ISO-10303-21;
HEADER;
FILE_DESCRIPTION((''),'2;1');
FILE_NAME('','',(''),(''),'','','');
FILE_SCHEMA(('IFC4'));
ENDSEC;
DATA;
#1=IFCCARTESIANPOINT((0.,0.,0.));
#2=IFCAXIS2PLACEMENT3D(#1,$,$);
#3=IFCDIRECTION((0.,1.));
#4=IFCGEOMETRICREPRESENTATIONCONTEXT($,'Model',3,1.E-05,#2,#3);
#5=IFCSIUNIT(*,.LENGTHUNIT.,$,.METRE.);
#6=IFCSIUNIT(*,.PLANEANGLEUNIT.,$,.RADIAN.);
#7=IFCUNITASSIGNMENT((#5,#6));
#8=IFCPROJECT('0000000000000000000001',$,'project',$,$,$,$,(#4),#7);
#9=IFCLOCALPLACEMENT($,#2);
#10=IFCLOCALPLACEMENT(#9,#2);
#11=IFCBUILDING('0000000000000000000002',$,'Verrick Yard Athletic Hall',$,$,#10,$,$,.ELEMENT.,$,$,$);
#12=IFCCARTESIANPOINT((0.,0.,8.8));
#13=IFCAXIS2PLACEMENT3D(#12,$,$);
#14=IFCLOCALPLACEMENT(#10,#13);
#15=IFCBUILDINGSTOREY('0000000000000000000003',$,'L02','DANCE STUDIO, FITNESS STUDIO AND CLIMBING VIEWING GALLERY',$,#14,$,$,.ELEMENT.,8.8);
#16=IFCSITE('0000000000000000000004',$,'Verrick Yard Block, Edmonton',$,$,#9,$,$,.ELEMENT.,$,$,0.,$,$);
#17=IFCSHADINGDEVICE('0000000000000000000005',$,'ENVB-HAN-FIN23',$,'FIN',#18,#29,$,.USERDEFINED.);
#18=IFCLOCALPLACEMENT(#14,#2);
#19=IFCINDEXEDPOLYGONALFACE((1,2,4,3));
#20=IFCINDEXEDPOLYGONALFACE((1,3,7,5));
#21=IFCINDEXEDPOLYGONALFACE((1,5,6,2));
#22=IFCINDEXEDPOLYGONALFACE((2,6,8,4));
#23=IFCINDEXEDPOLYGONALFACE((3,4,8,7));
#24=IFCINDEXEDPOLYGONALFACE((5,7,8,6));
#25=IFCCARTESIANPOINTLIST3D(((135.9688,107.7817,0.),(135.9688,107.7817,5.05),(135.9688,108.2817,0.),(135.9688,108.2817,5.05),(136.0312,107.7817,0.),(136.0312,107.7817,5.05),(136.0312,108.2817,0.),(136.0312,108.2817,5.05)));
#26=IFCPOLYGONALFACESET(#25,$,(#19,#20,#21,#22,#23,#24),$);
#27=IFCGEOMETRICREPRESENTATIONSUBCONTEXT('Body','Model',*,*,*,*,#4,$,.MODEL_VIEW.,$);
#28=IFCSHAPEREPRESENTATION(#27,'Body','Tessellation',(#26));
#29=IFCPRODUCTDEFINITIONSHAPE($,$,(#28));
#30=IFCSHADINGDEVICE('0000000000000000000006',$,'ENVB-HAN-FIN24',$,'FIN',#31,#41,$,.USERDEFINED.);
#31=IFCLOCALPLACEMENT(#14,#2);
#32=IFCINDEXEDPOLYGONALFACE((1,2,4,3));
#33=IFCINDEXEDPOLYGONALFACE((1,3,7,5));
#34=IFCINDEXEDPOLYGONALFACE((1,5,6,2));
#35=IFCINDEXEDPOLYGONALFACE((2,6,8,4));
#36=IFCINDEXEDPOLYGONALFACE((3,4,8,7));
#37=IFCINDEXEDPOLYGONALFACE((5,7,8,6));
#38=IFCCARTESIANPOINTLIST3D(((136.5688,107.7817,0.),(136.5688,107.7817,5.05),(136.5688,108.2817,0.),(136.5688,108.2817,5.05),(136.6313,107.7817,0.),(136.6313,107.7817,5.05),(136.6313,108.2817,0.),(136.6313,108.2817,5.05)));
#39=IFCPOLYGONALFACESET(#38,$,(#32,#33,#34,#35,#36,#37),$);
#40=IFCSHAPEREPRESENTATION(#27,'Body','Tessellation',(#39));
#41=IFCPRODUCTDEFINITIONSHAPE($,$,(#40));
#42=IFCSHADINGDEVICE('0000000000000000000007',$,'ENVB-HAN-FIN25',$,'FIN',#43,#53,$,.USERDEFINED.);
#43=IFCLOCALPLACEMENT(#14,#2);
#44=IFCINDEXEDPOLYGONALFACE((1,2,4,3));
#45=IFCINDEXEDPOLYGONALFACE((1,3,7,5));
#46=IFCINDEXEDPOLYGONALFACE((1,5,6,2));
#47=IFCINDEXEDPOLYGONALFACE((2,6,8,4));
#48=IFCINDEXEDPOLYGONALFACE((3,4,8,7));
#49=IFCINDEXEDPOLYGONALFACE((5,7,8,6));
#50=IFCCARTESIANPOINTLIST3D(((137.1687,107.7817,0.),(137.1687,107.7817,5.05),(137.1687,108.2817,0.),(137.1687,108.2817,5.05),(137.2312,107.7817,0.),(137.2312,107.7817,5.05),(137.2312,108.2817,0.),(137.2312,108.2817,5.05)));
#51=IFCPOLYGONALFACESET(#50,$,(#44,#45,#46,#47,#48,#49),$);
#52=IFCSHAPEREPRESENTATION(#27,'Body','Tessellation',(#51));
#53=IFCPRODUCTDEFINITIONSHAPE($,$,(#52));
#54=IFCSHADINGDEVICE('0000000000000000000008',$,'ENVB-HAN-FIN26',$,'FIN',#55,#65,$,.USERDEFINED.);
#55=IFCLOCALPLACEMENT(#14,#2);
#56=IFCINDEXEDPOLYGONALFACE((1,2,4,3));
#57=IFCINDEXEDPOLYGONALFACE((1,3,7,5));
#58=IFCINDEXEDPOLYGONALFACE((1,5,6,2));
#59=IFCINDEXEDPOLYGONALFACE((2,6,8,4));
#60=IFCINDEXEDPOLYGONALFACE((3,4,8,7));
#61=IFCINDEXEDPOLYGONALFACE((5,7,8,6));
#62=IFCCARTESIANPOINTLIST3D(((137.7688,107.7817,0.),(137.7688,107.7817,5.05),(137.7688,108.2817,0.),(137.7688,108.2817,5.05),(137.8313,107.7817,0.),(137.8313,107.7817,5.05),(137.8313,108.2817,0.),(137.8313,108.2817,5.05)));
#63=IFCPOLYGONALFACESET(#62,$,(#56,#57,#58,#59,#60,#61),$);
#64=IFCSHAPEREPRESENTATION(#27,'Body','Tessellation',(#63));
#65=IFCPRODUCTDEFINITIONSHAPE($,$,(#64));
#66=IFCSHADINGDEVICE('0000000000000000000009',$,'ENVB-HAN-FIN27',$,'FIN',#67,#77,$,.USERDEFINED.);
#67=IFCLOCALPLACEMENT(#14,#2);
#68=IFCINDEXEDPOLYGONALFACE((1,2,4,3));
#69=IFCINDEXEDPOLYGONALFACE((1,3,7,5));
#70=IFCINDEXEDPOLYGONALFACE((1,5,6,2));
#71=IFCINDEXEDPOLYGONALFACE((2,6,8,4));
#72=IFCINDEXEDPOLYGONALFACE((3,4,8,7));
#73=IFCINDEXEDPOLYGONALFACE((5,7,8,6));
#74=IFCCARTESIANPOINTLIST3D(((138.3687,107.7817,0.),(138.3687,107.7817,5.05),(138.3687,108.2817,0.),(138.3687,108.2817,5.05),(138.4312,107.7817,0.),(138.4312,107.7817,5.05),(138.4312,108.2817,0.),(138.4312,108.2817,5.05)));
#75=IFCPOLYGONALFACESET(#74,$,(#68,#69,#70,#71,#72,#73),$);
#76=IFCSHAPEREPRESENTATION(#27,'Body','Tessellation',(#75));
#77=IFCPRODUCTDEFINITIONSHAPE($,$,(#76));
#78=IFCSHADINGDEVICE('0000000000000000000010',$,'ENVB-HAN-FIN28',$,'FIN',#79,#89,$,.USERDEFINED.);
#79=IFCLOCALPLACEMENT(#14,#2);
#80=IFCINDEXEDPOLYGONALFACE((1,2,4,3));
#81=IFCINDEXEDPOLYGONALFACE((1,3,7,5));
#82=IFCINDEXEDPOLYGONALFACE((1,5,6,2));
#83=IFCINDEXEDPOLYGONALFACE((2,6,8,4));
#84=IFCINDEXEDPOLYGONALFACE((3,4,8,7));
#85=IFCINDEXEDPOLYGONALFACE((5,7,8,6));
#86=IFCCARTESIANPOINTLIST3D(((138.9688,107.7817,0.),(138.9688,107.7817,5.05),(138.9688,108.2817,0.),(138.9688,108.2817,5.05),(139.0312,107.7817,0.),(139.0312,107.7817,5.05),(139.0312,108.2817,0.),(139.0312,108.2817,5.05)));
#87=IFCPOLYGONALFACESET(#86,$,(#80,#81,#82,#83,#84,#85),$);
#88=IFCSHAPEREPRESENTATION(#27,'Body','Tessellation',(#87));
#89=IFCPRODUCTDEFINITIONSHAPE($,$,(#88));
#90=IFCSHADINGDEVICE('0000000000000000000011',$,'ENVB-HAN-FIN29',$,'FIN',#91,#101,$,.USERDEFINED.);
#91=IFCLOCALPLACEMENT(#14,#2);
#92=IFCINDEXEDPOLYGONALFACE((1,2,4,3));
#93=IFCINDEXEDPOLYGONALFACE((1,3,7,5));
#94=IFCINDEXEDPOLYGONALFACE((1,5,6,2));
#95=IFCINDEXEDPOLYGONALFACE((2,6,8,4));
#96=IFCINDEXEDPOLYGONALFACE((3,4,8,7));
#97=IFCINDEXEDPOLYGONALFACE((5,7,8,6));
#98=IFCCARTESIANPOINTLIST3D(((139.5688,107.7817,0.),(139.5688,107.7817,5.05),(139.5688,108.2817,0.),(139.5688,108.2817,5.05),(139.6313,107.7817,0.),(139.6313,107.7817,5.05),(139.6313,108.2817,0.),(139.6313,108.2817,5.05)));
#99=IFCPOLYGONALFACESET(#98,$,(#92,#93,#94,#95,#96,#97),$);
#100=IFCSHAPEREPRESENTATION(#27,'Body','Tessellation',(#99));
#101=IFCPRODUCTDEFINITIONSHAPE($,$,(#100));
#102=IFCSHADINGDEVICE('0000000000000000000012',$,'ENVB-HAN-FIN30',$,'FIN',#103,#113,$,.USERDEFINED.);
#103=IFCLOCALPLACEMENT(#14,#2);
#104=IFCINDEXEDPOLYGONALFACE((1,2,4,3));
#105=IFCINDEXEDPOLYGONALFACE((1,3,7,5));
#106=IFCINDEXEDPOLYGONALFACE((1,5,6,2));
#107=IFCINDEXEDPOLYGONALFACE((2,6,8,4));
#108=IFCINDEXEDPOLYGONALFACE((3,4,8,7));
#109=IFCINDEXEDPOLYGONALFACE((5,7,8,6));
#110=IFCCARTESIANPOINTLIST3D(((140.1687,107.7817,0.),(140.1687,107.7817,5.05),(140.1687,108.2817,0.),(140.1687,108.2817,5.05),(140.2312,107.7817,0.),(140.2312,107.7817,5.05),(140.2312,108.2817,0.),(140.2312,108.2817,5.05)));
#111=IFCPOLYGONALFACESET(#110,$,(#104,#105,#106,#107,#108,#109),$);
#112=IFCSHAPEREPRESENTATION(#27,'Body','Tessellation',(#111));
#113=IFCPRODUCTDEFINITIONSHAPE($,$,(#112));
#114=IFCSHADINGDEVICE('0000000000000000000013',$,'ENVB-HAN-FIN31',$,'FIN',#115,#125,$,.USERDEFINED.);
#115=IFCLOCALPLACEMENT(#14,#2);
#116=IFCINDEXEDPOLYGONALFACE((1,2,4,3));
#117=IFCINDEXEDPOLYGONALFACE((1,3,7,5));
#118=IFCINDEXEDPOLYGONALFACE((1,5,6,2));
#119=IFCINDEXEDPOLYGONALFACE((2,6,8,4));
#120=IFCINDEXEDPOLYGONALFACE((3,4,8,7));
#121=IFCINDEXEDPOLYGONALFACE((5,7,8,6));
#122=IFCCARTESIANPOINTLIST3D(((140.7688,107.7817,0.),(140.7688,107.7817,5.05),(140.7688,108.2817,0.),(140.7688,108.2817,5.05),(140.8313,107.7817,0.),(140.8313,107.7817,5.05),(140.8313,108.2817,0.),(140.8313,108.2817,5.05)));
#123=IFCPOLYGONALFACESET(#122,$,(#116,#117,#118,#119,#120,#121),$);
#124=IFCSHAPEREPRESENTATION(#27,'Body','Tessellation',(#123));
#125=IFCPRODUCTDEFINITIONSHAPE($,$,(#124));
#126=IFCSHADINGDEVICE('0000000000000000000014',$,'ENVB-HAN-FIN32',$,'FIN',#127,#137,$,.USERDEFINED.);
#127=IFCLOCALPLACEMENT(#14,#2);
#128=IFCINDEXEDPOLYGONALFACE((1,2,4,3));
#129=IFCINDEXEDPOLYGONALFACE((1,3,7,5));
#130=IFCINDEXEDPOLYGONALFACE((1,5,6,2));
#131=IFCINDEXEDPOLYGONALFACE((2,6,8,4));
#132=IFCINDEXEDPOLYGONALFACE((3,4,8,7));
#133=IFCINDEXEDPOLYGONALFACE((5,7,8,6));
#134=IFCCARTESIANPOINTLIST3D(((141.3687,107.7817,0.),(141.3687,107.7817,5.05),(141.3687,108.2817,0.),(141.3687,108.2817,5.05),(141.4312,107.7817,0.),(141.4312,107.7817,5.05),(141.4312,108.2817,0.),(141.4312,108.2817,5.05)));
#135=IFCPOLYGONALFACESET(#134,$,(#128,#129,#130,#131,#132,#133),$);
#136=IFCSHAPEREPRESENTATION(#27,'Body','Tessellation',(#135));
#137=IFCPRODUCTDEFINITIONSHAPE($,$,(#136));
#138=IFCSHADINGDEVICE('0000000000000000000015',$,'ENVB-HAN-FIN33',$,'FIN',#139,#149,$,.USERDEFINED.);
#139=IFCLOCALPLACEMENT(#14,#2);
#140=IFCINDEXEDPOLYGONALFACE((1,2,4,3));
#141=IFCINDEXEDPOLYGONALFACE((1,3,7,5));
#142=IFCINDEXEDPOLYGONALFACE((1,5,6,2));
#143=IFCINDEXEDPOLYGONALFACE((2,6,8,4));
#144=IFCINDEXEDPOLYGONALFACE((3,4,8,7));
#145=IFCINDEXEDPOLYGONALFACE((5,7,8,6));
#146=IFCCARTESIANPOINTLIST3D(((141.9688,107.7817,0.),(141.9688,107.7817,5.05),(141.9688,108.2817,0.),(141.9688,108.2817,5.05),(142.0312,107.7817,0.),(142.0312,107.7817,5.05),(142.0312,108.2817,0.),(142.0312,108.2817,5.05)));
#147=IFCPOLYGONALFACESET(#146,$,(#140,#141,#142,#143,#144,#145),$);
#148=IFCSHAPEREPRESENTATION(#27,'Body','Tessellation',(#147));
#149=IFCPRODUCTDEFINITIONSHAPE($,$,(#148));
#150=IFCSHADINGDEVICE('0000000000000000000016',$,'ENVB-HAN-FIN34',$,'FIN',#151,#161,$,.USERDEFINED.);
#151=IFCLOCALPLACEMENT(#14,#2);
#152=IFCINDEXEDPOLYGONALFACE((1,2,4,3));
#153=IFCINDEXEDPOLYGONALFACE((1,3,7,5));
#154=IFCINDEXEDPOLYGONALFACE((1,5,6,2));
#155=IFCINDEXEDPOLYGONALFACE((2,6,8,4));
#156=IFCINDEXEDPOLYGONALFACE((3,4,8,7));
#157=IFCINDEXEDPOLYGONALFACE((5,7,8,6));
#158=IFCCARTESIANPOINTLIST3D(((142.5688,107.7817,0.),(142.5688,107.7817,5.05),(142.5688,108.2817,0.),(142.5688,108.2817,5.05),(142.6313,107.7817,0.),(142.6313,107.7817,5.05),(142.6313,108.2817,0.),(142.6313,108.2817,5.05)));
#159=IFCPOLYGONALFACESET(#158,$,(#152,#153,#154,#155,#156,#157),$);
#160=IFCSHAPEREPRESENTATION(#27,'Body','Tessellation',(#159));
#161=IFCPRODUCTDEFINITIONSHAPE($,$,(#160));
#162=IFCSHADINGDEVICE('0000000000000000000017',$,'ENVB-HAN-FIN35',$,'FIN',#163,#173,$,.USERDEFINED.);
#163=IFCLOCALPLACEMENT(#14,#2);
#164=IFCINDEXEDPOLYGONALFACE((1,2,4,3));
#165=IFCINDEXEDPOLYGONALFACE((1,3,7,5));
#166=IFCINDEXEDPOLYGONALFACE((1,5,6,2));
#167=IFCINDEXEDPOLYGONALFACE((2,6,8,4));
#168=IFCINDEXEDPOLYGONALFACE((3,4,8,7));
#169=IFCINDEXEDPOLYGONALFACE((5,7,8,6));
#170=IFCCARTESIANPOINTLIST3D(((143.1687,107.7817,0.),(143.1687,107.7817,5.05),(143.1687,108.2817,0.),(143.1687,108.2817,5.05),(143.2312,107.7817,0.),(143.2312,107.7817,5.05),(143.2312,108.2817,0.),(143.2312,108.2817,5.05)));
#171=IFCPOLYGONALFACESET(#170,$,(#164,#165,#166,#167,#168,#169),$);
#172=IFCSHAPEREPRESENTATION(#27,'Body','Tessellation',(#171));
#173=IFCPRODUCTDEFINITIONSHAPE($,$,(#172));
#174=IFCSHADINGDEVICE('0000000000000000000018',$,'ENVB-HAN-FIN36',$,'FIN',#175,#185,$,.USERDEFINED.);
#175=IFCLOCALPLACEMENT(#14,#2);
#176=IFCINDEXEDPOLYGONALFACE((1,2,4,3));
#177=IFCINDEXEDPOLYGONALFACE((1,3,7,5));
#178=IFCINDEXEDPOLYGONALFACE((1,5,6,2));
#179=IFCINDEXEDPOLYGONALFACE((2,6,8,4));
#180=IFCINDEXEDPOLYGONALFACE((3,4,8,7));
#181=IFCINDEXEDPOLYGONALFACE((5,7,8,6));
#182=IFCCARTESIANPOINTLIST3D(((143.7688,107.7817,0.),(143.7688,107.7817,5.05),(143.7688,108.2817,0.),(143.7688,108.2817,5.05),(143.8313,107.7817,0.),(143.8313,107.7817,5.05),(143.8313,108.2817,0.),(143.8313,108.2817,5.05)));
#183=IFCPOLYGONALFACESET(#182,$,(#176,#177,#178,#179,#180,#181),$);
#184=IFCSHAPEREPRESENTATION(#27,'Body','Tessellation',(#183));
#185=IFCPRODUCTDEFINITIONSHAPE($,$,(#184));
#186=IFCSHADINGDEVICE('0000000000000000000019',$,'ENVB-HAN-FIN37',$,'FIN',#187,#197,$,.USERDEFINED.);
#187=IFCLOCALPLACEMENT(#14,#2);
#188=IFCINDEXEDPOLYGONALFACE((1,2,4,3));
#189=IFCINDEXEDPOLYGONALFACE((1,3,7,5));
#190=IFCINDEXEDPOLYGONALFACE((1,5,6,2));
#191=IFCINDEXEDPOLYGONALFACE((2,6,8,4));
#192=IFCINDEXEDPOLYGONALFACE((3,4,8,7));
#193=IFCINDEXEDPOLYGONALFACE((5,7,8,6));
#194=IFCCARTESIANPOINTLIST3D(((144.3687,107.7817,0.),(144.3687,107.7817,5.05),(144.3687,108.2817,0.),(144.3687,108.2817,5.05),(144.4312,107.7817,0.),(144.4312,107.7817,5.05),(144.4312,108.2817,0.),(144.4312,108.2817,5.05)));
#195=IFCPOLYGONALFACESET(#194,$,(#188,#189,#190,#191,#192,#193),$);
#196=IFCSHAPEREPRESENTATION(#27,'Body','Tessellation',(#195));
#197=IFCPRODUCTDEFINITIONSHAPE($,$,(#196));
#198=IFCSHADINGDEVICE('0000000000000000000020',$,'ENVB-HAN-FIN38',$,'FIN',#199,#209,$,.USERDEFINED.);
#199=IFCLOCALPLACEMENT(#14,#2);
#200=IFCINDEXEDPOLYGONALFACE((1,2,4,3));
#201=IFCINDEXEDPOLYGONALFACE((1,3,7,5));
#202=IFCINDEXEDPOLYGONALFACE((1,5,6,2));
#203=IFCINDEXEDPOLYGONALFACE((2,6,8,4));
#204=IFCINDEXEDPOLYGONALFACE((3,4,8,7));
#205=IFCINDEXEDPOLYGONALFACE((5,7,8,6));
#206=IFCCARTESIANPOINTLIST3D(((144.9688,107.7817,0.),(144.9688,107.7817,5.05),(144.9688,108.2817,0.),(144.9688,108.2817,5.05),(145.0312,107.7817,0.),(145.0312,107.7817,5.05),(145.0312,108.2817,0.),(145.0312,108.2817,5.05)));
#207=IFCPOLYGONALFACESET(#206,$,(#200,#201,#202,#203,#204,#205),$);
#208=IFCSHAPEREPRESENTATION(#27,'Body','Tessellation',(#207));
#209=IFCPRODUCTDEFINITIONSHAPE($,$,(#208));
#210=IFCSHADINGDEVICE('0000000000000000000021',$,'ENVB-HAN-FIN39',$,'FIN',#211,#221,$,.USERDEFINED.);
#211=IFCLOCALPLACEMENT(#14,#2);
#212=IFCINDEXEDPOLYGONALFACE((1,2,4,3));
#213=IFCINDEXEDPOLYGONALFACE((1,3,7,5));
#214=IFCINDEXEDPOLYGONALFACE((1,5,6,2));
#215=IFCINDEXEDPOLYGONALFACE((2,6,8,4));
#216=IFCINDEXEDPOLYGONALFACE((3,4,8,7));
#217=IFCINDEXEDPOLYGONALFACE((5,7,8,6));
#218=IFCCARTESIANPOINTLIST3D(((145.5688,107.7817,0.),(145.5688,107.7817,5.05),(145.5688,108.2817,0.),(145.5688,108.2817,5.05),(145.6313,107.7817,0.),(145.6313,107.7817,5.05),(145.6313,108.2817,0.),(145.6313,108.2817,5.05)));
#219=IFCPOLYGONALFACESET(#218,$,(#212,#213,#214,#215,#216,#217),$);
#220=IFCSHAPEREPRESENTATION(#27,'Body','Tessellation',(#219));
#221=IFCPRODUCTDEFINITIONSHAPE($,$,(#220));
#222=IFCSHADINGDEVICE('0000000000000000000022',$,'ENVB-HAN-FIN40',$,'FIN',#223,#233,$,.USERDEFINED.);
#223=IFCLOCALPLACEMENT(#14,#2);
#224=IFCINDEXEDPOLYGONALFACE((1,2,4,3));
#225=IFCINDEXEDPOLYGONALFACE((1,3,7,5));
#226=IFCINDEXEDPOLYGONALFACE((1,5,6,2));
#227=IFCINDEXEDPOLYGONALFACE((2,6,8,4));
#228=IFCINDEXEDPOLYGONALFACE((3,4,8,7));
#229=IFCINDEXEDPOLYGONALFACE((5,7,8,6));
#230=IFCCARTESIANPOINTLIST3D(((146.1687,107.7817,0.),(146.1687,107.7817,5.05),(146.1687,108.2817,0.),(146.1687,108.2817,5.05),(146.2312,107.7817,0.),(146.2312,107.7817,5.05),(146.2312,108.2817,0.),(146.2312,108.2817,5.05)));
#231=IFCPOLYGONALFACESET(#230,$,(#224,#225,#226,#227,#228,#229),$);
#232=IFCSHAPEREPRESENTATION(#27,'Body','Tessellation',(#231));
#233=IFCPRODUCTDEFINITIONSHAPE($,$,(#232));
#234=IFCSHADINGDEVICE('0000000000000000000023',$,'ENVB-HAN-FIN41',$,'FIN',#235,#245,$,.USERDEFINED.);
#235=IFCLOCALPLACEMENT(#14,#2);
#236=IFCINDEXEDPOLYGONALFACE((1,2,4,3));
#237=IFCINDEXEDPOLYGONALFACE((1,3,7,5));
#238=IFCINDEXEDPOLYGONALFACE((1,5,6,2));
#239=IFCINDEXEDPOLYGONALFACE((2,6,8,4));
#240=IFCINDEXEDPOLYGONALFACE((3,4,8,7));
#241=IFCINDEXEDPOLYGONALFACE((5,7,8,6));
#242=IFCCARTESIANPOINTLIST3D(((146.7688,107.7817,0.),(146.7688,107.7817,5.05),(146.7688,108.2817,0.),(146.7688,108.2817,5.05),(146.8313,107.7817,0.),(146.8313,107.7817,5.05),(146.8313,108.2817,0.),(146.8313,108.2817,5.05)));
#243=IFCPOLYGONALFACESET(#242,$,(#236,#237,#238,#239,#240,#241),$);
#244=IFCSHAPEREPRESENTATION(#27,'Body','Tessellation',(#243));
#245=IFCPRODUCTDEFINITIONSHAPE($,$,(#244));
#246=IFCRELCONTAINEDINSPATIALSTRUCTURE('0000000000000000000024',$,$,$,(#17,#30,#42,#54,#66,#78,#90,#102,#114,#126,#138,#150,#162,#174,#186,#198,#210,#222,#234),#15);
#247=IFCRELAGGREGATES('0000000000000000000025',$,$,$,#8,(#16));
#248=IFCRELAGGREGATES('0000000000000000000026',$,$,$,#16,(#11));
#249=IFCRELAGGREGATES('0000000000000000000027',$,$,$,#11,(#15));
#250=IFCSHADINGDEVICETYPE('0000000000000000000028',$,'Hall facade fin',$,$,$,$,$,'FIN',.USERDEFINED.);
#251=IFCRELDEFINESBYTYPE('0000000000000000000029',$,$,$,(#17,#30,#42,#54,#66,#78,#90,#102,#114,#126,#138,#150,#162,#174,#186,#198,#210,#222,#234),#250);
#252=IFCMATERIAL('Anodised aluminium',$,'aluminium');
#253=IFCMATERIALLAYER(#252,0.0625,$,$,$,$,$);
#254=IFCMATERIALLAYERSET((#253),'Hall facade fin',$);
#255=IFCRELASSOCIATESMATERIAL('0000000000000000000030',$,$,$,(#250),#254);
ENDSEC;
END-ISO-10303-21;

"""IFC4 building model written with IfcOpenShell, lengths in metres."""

from ifc_helpers import new_model, si_unit, direction, frame, origin, place, context, subcontext, project, spatial, polyline, outline, extrude, material, layer, layer_set, type_object, element, save


model = new_model("IFC4")

# Units and contexts
model_context = context("Model", 3, precision=1e-05, world=origin(), true_north=direction((0.0, 1.0)))
body_context = subcontext(model_context, "Body", "Model", "MODEL_VIEW")
ifc_project = project(units=[si_unit("LENGTHUNIT", "METRE"), si_unit("PLANEANGLEUNIT", "RADIAN")], contexts=[model_context])

# Site, building, storey
site_placement = place(None, origin())
site = spatial("IfcSite", under=ifc_project, at=site_placement, Name="Verrick Yard Block, Edmonton", CompositionType="ELEMENT", RefElevation=0.0)
building_placement = place(site_placement, origin())
building = spatial("IfcBuilding", under=site, at=building_placement, Name="Verrick Yard Athletic Hall", CompositionType="ELEMENT")
storey_placement = place(building_placement, frame((0.0, 0.0, 8.8)))
storey = spatial("IfcBuildingStorey", under=building, at=storey_placement, Name="L02", Description="DANCE STUDIO, FITNESS STUDIO AND CLIMBING VIEWING GALLERY", CompositionType="ELEMENT", Elevation=8.8)

# Shared definitions
ifc_material_1 = material(Name="Anodised aluminium", Category="aluminium")

# Shading devices
ifc_layer_1 = layer(ifc_material_1, 0.0625)
ifc_layer_set_1 = layer_set([ifc_layer_1], Name="Hall facade fin")
shading_device_type = type_object("IfcShadingDeviceType", Name="Hall facade fin", ElementType="FIN", PredefinedType="USERDEFINED", material=ifc_layer_set_1)
for number, where, z_axis, x_axis, name in (
    (1, (136.0, 107.7817, 0.0), (0.0, 0.0, 1.0), (0.0, 1.0, 0.0), "ENVB-HAN-FIN23"),
    (2, (136.6001, 107.7817, 0.0), (0.0, 0.0, 1.0), (0.0, 1.0, 0.0), "ENVB-HAN-FIN24"),
    (3, (137.2, 107.7817, 0.0), (0.0, 0.0, 1.0), (0.0, 1.0, 0.0), "ENVB-HAN-FIN25"),
    (4, (137.8, 107.7817, 0.0), (0.0, 0.0, 1.0), (0.0, 1.0, 0.0), "ENVB-HAN-FIN26"),
    (5, (138.3999, 107.7817, 0.0), (0.0, 0.0, 1.0), (0.0, 1.0, 0.0), "ENVB-HAN-FIN27"),
    (6, (139.0, 107.7817, 0.0), (0.0, 0.0, 1.0), (0.0, 1.0, 0.0), "ENVB-HAN-FIN28"),
    (7, (139.6001, 107.7817, 0.0), (0.0, 0.0, 1.0), (0.0, 1.0, 0.0), "ENVB-HAN-FIN29"),
    (8, (140.2, 107.7817, 0.0), (0.0, 0.0, 1.0), (0.0, 1.0, 0.0), "ENVB-HAN-FIN30"),
    (9, (140.8, 107.7817, 0.0), (0.0, 0.0, 1.0), (0.0, 1.0, 0.0), "ENVB-HAN-FIN31"),
    (10, (141.3999, 107.7817, 0.0), (0.0, 0.0, 1.0), (0.0, 1.0, 0.0), "ENVB-HAN-FIN32"),
    (11, (142.0, 107.7817, 0.0), (0.0, 0.0, 1.0), (0.0, 1.0, 0.0), "ENVB-HAN-FIN33"),
    (12, (142.6001, 107.7817, 0.0), (0.0, 0.0, 1.0), (0.0, 1.0, 0.0), "ENVB-HAN-FIN34"),
    (13, (143.2, 107.7817, 0.0), (0.0, 0.0, 1.0), (0.0, 1.0, 0.0), "ENVB-HAN-FIN35"),
    (14, (143.8, 107.7817, 0.0), (0.0, 0.0, 1.0), (0.0, 1.0, 0.0), "ENVB-HAN-FIN36"),
    (15, (144.3999, 107.7817, 0.0), (0.0, 0.0, 1.0), (0.0, 1.0, 0.0), "ENVB-HAN-FIN37"),
    (16, (145.0, 107.7817, 0.0), (0.0, 0.0, 1.0), (0.0, 1.0, 0.0), "ENVB-HAN-FIN38"),
    (17, (145.6001, 107.7817, 0.0), (0.0, 0.0, 1.0), (0.0, 1.0, 0.0), "ENVB-HAN-FIN39"),
    (18, (146.2, 107.7817, 0.0), (0.0, 0.0, 1.0), (0.0, 1.0, 0.0), "ENVB-HAN-FIN40"),
    (19, (146.8, 107.7817, 0.0), (0.0, 0.0, 1.0), (0.0, 1.0, 0.0), "ENVB-HAN-FIN41"),
):
    element("IfcShadingDevice", number, at=place(storey_placement, frame(where, z_axis=z_axis, x_axis=x_axis)), inside=storey, type_object=shading_device_type, Name=name, ObjectType="FIN", PredefinedType="USERDEFINED", context=body_context, shape_type="SweptSolid", body=[
        extrude(outline(polyline([(0.0, 0.0), (0.5, 0.0), (0.5, 5.05), (0.0, 5.05), (0.0, 0.0)])), frame((0.0, 0.0312, 0.0), z_axis=(0.0, -1.0, 0.0), x_axis=(1.0, 0.0, 0.0)), (0.0, 0.0, 1.0), 0.0625),
    ])

save(model, "model.ifc")
